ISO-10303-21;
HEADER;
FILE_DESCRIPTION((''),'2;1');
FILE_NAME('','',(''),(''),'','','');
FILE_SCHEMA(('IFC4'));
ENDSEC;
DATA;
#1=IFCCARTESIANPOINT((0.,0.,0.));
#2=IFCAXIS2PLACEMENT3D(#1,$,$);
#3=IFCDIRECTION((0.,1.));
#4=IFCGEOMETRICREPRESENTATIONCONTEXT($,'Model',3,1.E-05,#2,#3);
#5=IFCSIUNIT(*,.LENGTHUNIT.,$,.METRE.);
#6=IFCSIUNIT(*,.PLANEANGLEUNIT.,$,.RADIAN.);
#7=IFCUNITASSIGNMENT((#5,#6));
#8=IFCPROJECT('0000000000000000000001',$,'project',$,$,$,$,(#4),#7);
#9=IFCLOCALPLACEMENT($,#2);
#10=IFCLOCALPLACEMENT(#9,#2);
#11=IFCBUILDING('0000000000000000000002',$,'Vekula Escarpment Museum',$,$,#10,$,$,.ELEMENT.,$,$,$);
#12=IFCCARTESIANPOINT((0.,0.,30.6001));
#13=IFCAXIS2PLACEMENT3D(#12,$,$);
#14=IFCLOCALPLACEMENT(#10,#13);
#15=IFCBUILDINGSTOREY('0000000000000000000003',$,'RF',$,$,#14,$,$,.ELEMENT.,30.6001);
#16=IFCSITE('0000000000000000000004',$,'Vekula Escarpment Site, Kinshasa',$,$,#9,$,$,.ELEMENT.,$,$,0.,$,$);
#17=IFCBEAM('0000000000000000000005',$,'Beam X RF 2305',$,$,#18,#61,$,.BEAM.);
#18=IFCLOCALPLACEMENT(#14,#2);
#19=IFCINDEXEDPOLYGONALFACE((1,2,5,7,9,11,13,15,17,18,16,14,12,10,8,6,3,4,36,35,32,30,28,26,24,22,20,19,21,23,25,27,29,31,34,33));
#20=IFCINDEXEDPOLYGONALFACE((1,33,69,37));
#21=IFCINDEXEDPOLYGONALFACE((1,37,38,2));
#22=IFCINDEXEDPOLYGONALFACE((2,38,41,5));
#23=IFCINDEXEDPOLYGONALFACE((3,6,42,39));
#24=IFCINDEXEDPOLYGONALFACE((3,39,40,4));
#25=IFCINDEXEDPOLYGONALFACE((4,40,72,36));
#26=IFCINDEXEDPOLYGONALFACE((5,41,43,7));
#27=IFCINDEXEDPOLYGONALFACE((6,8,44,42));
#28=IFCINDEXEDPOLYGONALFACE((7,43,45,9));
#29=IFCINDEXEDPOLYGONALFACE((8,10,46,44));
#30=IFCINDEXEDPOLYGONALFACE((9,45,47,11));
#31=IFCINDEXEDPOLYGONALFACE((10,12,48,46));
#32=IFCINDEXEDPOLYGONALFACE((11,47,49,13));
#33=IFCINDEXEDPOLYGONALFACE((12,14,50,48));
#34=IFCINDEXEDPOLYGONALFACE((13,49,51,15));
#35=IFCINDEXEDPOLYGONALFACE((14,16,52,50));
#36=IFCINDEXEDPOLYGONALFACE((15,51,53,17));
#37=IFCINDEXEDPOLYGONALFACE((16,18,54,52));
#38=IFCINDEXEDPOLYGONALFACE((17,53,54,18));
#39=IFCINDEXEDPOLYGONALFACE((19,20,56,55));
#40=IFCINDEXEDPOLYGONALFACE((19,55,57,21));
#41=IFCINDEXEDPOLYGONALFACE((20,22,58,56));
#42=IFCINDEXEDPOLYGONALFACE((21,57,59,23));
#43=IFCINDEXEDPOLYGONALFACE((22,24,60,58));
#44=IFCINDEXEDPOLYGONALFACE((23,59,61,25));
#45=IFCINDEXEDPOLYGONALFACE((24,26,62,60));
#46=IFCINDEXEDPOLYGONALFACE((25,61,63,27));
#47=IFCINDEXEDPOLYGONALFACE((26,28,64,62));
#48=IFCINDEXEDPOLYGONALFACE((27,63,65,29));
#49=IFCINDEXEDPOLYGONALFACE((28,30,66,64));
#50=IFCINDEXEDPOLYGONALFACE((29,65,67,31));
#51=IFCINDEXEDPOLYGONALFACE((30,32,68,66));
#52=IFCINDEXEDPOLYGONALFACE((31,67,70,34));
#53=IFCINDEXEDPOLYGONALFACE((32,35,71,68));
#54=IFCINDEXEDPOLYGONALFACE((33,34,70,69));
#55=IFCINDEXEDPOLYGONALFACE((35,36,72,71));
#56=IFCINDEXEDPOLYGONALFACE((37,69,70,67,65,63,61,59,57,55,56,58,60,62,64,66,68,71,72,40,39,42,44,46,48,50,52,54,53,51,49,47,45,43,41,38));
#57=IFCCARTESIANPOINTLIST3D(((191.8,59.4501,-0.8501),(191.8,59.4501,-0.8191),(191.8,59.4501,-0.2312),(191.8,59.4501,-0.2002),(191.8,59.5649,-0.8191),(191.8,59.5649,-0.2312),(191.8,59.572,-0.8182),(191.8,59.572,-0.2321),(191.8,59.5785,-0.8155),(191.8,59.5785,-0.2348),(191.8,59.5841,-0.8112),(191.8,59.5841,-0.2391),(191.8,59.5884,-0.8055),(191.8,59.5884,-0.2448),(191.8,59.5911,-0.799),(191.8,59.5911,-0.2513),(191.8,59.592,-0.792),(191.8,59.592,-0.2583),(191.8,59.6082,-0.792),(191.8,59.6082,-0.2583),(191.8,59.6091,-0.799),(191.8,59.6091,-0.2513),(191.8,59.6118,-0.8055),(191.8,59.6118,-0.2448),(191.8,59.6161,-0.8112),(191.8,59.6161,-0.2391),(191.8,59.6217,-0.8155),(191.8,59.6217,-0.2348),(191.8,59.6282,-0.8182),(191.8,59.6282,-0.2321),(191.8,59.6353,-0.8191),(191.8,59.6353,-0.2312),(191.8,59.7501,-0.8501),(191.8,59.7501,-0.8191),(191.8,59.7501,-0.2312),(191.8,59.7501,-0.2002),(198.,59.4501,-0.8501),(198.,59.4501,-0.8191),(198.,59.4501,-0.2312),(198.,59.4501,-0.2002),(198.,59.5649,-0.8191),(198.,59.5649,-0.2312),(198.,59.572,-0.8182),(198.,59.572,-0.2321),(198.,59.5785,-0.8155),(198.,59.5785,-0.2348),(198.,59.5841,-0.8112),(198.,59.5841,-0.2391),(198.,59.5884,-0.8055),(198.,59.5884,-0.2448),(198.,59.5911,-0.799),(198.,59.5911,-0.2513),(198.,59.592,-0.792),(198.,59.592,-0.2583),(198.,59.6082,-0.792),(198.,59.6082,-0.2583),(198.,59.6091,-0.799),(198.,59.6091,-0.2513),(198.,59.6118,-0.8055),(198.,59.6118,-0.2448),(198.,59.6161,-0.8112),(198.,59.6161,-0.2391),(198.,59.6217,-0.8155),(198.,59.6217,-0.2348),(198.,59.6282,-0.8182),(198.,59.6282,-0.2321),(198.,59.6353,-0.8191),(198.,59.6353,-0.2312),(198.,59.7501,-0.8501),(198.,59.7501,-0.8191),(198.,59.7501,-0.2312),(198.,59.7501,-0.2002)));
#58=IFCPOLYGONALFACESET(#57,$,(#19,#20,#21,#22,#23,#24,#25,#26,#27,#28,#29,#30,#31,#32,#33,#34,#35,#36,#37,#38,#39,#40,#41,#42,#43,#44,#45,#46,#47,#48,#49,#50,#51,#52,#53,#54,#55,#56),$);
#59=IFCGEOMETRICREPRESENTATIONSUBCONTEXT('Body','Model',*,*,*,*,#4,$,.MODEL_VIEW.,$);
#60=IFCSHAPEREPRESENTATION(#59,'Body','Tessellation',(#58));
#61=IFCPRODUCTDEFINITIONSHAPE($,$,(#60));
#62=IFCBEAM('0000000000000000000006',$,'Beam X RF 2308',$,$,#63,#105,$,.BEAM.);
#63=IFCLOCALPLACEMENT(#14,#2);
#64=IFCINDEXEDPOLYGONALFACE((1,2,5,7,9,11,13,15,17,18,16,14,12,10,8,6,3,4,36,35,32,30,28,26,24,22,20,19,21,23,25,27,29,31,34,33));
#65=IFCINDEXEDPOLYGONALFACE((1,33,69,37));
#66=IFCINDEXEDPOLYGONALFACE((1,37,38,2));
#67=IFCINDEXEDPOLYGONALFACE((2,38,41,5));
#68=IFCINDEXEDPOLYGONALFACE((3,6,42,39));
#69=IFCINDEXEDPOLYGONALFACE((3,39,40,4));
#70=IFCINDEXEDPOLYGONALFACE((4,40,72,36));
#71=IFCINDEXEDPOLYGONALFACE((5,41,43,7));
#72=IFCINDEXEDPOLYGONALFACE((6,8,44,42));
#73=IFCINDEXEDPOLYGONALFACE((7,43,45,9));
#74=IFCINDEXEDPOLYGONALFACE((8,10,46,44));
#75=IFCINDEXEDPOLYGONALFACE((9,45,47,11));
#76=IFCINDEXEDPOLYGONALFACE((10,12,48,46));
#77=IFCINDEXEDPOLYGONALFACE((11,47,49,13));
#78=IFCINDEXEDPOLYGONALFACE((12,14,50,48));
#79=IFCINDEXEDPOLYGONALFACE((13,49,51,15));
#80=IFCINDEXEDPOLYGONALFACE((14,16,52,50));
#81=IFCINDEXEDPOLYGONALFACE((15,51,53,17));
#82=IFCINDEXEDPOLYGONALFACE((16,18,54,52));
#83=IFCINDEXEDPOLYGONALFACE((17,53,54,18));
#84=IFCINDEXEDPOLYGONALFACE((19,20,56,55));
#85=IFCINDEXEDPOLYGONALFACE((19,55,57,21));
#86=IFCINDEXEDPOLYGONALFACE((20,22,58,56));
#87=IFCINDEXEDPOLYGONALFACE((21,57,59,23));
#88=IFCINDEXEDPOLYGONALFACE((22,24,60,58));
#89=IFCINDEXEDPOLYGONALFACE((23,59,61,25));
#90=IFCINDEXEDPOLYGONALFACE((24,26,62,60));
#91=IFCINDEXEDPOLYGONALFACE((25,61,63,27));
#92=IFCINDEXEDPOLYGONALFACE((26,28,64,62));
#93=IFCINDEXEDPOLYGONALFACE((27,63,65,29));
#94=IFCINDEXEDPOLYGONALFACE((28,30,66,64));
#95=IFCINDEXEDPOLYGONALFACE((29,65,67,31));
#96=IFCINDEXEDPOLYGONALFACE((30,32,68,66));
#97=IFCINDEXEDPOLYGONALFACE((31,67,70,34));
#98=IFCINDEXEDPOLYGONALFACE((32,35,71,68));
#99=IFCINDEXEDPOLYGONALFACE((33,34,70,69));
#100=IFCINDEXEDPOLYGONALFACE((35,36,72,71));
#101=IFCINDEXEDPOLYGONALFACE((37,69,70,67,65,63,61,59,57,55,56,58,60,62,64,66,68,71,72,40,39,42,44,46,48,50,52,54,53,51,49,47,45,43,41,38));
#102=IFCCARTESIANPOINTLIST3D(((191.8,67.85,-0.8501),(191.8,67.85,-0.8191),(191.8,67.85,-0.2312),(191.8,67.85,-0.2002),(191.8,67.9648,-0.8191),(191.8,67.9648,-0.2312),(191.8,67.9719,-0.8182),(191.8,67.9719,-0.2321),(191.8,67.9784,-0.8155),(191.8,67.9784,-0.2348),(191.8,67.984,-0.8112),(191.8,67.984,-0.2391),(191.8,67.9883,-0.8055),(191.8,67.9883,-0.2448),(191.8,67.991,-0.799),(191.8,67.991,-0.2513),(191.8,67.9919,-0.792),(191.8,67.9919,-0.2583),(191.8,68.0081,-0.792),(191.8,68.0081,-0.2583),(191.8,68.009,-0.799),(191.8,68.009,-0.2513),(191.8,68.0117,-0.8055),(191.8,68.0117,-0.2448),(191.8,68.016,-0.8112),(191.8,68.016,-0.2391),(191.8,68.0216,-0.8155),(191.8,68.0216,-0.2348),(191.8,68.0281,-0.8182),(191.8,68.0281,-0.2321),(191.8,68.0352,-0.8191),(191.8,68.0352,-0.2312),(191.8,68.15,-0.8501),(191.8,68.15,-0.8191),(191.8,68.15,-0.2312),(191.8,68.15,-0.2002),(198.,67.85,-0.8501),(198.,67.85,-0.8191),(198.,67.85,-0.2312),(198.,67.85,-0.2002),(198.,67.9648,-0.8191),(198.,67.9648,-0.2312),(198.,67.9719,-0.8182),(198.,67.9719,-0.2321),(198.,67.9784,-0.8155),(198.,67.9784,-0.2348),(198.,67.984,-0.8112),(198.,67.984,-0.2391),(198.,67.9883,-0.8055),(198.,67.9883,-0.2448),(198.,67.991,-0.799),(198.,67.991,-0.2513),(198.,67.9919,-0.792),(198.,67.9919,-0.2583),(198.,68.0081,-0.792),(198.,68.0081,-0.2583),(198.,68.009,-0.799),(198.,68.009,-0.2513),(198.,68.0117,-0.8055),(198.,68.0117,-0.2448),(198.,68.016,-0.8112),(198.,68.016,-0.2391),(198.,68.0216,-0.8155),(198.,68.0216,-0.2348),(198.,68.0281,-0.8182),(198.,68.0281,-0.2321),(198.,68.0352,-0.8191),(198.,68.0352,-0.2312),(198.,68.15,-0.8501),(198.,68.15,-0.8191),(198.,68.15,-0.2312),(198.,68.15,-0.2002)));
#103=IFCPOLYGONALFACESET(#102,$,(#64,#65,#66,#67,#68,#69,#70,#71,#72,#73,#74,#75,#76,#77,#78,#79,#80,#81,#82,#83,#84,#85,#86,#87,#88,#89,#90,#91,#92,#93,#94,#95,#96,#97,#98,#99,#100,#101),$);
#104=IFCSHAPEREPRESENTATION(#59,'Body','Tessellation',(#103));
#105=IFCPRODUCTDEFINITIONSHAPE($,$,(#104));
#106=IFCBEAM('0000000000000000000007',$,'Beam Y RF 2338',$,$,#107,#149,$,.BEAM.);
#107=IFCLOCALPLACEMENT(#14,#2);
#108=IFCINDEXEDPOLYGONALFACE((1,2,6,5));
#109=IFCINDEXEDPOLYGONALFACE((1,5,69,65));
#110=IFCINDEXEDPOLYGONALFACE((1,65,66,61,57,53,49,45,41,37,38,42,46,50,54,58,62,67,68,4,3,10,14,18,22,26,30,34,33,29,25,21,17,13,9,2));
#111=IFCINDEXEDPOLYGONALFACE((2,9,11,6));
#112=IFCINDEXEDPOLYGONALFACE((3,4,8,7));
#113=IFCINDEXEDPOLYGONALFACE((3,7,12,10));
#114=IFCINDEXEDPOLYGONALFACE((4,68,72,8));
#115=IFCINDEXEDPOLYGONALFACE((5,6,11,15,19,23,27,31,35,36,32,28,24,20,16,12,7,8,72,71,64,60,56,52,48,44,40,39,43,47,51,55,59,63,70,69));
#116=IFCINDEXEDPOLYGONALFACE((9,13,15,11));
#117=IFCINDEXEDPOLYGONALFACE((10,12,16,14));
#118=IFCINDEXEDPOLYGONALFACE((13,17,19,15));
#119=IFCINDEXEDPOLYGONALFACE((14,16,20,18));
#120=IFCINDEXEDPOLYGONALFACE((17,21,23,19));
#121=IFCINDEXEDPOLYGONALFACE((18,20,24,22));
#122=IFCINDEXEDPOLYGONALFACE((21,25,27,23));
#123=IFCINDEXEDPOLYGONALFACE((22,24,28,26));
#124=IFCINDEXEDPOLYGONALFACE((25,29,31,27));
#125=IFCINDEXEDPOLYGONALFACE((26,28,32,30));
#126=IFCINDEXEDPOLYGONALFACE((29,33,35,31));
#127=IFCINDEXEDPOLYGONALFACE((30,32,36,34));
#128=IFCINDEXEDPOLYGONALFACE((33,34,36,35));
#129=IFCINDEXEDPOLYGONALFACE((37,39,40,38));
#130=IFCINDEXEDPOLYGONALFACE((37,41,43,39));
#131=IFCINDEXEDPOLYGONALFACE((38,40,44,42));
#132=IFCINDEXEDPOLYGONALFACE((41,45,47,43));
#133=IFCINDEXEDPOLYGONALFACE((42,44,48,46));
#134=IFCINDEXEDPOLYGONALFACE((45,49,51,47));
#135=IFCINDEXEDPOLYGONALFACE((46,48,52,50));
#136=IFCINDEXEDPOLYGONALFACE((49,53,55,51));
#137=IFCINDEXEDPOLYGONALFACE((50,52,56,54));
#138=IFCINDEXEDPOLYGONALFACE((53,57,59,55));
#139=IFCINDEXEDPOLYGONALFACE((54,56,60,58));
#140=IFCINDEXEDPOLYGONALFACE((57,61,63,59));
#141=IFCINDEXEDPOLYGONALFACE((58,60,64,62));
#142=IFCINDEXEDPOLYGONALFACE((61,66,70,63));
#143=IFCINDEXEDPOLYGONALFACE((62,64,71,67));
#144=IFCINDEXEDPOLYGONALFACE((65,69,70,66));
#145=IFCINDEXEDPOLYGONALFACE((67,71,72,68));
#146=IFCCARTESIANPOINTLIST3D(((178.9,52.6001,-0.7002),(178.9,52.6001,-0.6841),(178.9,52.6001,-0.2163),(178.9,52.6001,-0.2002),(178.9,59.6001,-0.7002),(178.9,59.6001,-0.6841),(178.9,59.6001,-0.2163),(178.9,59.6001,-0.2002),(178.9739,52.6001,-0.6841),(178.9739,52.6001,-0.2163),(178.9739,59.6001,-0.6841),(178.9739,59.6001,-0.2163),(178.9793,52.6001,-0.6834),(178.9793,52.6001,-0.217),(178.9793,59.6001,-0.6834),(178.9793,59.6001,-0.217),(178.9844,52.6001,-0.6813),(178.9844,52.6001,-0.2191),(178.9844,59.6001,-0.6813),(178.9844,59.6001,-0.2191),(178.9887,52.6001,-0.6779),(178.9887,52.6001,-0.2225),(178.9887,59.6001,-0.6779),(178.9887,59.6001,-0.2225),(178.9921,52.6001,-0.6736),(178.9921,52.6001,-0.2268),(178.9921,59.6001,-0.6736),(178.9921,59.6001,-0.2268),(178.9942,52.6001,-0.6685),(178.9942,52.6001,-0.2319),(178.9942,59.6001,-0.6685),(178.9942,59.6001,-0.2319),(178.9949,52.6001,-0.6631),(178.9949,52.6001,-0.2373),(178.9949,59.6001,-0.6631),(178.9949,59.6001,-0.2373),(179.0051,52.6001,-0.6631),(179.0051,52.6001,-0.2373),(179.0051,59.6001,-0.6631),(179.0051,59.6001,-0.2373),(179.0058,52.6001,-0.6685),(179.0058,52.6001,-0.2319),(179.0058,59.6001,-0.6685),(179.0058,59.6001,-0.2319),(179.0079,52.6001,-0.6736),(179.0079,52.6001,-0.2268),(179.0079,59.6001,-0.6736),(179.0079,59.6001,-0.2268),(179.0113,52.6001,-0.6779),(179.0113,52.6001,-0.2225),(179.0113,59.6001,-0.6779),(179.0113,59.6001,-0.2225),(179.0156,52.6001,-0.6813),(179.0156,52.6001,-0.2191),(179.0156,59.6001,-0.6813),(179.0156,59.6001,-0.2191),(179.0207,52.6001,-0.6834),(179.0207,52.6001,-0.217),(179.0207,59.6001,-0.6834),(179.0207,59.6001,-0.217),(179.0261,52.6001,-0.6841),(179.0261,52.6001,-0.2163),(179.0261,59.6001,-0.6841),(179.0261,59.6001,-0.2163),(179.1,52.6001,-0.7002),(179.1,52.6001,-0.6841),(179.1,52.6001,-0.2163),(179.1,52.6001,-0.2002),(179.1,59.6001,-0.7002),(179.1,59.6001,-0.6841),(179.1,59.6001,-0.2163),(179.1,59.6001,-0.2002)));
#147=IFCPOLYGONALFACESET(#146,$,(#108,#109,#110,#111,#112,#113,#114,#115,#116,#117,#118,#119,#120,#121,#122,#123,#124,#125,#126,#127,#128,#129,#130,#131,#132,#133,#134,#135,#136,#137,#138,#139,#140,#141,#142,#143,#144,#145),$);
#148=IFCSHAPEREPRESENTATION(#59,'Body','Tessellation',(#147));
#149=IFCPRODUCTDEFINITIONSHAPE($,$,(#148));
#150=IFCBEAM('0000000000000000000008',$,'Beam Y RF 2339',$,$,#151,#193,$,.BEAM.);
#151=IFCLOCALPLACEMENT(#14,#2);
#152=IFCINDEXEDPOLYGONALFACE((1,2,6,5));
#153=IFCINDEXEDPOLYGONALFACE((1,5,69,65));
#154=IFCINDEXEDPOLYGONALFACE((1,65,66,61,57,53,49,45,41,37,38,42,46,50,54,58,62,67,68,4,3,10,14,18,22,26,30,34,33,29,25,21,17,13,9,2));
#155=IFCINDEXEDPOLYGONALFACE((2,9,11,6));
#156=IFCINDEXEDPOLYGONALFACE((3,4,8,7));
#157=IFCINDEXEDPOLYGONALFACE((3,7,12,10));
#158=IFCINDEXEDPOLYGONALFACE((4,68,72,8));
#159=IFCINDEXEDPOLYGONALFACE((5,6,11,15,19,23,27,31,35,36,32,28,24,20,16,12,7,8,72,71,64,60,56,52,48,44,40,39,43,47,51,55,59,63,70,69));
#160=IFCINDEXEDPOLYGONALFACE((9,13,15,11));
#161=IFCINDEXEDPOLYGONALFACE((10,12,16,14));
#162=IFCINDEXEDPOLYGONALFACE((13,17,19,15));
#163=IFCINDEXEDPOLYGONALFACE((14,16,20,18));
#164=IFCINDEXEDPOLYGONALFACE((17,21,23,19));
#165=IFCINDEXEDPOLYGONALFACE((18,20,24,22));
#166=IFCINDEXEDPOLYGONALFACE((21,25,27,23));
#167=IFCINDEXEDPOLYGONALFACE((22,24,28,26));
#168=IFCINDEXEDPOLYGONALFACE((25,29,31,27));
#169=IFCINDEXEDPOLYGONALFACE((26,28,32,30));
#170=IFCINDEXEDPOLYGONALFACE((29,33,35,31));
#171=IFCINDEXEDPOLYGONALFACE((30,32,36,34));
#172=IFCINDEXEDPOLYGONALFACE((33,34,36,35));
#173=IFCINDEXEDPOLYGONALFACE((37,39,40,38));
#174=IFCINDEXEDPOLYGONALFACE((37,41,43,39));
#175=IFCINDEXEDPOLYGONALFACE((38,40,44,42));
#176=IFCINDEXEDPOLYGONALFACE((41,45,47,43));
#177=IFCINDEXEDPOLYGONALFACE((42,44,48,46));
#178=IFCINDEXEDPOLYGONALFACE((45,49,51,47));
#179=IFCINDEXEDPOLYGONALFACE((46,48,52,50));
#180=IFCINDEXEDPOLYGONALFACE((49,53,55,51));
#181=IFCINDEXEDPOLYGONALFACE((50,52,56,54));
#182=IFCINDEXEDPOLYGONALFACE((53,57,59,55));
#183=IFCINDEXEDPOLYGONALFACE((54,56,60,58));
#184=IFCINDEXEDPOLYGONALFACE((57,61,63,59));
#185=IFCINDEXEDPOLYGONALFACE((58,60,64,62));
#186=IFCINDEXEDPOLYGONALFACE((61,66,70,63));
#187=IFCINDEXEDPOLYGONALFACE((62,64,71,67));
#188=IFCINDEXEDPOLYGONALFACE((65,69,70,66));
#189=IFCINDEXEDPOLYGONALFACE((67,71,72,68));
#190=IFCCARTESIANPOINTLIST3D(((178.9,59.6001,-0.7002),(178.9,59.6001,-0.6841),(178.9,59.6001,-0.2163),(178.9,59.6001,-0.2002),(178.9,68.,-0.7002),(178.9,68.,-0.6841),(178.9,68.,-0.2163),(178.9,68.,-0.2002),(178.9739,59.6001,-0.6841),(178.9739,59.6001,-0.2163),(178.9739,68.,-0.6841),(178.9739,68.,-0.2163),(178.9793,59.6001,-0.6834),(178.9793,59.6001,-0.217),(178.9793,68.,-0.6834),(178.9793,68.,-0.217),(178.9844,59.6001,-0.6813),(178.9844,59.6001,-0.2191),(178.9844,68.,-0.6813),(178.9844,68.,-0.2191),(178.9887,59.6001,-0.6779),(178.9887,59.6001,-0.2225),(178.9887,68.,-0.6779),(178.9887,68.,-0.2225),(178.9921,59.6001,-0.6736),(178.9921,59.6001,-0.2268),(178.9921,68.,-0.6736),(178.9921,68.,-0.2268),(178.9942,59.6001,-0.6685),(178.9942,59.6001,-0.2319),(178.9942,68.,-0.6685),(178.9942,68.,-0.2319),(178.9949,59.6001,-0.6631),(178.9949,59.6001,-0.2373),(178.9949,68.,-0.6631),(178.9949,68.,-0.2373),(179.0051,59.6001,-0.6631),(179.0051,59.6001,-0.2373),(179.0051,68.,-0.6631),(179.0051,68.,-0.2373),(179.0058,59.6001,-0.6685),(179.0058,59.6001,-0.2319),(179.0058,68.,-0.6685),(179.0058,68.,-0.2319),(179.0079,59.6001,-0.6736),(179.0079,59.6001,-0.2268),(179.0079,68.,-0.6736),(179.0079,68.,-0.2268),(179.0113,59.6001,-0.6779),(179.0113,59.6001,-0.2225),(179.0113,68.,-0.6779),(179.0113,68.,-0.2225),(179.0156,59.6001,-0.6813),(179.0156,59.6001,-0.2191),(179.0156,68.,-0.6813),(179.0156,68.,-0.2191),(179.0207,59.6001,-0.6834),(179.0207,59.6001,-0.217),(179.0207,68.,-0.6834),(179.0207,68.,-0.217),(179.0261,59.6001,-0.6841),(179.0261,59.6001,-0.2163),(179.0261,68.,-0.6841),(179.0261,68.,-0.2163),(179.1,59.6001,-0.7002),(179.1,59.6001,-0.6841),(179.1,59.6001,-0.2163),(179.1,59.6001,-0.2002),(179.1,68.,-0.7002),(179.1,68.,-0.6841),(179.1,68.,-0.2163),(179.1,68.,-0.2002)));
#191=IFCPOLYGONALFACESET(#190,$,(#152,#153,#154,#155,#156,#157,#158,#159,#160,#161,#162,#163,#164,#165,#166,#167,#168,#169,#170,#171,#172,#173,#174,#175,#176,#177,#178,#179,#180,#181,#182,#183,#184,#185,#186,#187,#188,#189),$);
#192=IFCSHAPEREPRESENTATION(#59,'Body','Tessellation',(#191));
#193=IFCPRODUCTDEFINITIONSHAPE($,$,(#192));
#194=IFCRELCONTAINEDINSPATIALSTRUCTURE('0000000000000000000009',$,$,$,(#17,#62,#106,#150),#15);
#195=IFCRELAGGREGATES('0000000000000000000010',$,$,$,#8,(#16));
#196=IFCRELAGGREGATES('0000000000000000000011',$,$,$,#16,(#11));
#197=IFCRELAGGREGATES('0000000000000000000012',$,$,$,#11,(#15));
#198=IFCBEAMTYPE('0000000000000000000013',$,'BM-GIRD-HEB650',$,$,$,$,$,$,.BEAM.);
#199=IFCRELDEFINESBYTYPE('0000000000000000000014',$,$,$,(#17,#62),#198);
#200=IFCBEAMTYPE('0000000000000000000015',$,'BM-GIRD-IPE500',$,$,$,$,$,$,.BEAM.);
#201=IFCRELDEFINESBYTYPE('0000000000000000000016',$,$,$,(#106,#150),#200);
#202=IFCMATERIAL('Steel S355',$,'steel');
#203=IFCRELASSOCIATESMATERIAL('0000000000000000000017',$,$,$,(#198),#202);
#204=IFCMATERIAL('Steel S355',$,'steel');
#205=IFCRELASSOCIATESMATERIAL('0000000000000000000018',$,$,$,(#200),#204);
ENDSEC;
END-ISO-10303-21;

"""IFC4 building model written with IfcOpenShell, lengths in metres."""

from ifc_helpers import new_model, si_unit, direction, frame, origin, origin_2d, place, context, subcontext, project, spatial, i_section, extrude, material, material_profile, profile_set, type_object, element, save


model = new_model("IFC4")

# Units and contexts
model_context = context("Model", 3, precision=1e-05, world=origin(), true_north=direction((0.0, 1.0)))
body_context = subcontext(model_context, "Body", "Model", "MODEL_VIEW")
ifc_project = project(units=[si_unit("LENGTHUNIT", "METRE"), si_unit("PLANEANGLEUNIT", "RADIAN")], contexts=[model_context])

# Site, building, storey
site_placement = place(None, origin())
site = spatial("IfcSite", under=ifc_project, at=site_placement, Name="Vekula Escarpment Site, Kinshasa", CompositionType="ELEMENT", RefElevation=0.0)
building_placement = place(site_placement, origin())
building = spatial("IfcBuilding", under=site, at=building_placement, Name="Vekula Escarpment Museum", CompositionType="ELEMENT")
storey_placement = place(building_placement, frame((0.0, 0.0, 30.6001)))
storey = spatial("IfcBuildingStorey", under=building, at=storey_placement, Name="RF", CompositionType="ELEMENT", Elevation=30.6001)

# Beams
ifc_material_1 = material(Name="Steel S355", Category="steel")
ifc_material_profile_1 = material_profile(ifc_material_1, i_section(OverallWidth=0.3, OverallDepth=0.6499, WebThickness=0.0161, FlangeThickness=0.031, FilletRadius=0.0271, at=origin_2d()), Name="HEB 650")
ifc_profile_set_1 = profile_set([ifc_material_profile_1], Name="Steel S355")
beam_type_1 = type_object("IfcBeamType", Name="BM-GIRD-HEB650", PredefinedType="BEAM", material=ifc_profile_set_1)
for number, where, z_axis, x_axis, name in (
    (1, (191.8, 59.6001, -0.5251), (1.0, 0.0, 0.0), (0.0, 1.0, 0.0), "Beam X RF 2305"),
    (2, (191.8, 68.0, -0.5251), (1.0, 0.0, 0.0), (0.0, 1.0, 0.0), "Beam X RF 2308"),
):
    element("IfcBeam", number, at=place(storey_placement, frame(where, z_axis=z_axis, x_axis=x_axis)), inside=storey, type_object=beam_type_1, Name=name, PredefinedType="BEAM", context=body_context, shape_type="SweptSolid", body=[
        extrude(i_section(OverallWidth=0.3, OverallDepth=0.6499, WebThickness=0.0161, FlangeThickness=0.031, FilletRadius=0.0271, at=origin_2d()), origin(), (0.0, 0.0, 1.0), 6.2),
    ])
ifc_material_2 = material(Name="Steel S355", Category="steel")
ifc_material_profile_2 = material_profile(ifc_material_2, i_section(OverallWidth=0.2, OverallDepth=0.5, WebThickness=0.0103, FlangeThickness=0.0161, FilletRadius=0.021, at=origin_2d()), Name="IPE 500")
ifc_profile_set_2 = profile_set([ifc_material_profile_2], Name="Steel S355")
beam_type_2 = type_object("IfcBeamType", Name="BM-GIRD-IPE500", PredefinedType="BEAM", material=ifc_profile_set_2)
beam_1_placement = place(storey_placement, frame((179.0, 52.6001, -0.4502), z_axis=(0.0, 1.0, 0.0), x_axis=(-1.0, 0.0, 0.0)))
element("IfcBeam", 3, at=beam_1_placement, inside=storey, type_object=beam_type_2, Name="Beam Y RF 2338", PredefinedType="BEAM", context=body_context, shape_type="SweptSolid", body=[
    extrude(i_section(OverallWidth=0.2, OverallDepth=0.5, WebThickness=0.0103, FlangeThickness=0.0161, FilletRadius=0.021, at=origin_2d()), origin(), (0.0, 0.0, 1.0), 7.0),
])
for number, where, z_axis, x_axis, name in (
    (4, (179.0, 59.6001, -0.4502), (0.0, 1.0, 0.0), (-1.0, 0.0, 0.0), "Beam Y RF 2339"),
):
    element("IfcBeam", number, at=place(storey_placement, frame(where, z_axis=z_axis, x_axis=x_axis)), inside=storey, type_object=beam_type_2, Name=name, PredefinedType="BEAM", context=body_context, shape_type="SweptSolid", body=[
        extrude(i_section(OverallWidth=0.2, OverallDepth=0.5, WebThickness=0.0103, FlangeThickness=0.0161, FilletRadius=0.021, at=origin_2d()), origin(), (0.0, 0.0, 1.0), 8.3999),
    ])

save(model, "model.ifc")
